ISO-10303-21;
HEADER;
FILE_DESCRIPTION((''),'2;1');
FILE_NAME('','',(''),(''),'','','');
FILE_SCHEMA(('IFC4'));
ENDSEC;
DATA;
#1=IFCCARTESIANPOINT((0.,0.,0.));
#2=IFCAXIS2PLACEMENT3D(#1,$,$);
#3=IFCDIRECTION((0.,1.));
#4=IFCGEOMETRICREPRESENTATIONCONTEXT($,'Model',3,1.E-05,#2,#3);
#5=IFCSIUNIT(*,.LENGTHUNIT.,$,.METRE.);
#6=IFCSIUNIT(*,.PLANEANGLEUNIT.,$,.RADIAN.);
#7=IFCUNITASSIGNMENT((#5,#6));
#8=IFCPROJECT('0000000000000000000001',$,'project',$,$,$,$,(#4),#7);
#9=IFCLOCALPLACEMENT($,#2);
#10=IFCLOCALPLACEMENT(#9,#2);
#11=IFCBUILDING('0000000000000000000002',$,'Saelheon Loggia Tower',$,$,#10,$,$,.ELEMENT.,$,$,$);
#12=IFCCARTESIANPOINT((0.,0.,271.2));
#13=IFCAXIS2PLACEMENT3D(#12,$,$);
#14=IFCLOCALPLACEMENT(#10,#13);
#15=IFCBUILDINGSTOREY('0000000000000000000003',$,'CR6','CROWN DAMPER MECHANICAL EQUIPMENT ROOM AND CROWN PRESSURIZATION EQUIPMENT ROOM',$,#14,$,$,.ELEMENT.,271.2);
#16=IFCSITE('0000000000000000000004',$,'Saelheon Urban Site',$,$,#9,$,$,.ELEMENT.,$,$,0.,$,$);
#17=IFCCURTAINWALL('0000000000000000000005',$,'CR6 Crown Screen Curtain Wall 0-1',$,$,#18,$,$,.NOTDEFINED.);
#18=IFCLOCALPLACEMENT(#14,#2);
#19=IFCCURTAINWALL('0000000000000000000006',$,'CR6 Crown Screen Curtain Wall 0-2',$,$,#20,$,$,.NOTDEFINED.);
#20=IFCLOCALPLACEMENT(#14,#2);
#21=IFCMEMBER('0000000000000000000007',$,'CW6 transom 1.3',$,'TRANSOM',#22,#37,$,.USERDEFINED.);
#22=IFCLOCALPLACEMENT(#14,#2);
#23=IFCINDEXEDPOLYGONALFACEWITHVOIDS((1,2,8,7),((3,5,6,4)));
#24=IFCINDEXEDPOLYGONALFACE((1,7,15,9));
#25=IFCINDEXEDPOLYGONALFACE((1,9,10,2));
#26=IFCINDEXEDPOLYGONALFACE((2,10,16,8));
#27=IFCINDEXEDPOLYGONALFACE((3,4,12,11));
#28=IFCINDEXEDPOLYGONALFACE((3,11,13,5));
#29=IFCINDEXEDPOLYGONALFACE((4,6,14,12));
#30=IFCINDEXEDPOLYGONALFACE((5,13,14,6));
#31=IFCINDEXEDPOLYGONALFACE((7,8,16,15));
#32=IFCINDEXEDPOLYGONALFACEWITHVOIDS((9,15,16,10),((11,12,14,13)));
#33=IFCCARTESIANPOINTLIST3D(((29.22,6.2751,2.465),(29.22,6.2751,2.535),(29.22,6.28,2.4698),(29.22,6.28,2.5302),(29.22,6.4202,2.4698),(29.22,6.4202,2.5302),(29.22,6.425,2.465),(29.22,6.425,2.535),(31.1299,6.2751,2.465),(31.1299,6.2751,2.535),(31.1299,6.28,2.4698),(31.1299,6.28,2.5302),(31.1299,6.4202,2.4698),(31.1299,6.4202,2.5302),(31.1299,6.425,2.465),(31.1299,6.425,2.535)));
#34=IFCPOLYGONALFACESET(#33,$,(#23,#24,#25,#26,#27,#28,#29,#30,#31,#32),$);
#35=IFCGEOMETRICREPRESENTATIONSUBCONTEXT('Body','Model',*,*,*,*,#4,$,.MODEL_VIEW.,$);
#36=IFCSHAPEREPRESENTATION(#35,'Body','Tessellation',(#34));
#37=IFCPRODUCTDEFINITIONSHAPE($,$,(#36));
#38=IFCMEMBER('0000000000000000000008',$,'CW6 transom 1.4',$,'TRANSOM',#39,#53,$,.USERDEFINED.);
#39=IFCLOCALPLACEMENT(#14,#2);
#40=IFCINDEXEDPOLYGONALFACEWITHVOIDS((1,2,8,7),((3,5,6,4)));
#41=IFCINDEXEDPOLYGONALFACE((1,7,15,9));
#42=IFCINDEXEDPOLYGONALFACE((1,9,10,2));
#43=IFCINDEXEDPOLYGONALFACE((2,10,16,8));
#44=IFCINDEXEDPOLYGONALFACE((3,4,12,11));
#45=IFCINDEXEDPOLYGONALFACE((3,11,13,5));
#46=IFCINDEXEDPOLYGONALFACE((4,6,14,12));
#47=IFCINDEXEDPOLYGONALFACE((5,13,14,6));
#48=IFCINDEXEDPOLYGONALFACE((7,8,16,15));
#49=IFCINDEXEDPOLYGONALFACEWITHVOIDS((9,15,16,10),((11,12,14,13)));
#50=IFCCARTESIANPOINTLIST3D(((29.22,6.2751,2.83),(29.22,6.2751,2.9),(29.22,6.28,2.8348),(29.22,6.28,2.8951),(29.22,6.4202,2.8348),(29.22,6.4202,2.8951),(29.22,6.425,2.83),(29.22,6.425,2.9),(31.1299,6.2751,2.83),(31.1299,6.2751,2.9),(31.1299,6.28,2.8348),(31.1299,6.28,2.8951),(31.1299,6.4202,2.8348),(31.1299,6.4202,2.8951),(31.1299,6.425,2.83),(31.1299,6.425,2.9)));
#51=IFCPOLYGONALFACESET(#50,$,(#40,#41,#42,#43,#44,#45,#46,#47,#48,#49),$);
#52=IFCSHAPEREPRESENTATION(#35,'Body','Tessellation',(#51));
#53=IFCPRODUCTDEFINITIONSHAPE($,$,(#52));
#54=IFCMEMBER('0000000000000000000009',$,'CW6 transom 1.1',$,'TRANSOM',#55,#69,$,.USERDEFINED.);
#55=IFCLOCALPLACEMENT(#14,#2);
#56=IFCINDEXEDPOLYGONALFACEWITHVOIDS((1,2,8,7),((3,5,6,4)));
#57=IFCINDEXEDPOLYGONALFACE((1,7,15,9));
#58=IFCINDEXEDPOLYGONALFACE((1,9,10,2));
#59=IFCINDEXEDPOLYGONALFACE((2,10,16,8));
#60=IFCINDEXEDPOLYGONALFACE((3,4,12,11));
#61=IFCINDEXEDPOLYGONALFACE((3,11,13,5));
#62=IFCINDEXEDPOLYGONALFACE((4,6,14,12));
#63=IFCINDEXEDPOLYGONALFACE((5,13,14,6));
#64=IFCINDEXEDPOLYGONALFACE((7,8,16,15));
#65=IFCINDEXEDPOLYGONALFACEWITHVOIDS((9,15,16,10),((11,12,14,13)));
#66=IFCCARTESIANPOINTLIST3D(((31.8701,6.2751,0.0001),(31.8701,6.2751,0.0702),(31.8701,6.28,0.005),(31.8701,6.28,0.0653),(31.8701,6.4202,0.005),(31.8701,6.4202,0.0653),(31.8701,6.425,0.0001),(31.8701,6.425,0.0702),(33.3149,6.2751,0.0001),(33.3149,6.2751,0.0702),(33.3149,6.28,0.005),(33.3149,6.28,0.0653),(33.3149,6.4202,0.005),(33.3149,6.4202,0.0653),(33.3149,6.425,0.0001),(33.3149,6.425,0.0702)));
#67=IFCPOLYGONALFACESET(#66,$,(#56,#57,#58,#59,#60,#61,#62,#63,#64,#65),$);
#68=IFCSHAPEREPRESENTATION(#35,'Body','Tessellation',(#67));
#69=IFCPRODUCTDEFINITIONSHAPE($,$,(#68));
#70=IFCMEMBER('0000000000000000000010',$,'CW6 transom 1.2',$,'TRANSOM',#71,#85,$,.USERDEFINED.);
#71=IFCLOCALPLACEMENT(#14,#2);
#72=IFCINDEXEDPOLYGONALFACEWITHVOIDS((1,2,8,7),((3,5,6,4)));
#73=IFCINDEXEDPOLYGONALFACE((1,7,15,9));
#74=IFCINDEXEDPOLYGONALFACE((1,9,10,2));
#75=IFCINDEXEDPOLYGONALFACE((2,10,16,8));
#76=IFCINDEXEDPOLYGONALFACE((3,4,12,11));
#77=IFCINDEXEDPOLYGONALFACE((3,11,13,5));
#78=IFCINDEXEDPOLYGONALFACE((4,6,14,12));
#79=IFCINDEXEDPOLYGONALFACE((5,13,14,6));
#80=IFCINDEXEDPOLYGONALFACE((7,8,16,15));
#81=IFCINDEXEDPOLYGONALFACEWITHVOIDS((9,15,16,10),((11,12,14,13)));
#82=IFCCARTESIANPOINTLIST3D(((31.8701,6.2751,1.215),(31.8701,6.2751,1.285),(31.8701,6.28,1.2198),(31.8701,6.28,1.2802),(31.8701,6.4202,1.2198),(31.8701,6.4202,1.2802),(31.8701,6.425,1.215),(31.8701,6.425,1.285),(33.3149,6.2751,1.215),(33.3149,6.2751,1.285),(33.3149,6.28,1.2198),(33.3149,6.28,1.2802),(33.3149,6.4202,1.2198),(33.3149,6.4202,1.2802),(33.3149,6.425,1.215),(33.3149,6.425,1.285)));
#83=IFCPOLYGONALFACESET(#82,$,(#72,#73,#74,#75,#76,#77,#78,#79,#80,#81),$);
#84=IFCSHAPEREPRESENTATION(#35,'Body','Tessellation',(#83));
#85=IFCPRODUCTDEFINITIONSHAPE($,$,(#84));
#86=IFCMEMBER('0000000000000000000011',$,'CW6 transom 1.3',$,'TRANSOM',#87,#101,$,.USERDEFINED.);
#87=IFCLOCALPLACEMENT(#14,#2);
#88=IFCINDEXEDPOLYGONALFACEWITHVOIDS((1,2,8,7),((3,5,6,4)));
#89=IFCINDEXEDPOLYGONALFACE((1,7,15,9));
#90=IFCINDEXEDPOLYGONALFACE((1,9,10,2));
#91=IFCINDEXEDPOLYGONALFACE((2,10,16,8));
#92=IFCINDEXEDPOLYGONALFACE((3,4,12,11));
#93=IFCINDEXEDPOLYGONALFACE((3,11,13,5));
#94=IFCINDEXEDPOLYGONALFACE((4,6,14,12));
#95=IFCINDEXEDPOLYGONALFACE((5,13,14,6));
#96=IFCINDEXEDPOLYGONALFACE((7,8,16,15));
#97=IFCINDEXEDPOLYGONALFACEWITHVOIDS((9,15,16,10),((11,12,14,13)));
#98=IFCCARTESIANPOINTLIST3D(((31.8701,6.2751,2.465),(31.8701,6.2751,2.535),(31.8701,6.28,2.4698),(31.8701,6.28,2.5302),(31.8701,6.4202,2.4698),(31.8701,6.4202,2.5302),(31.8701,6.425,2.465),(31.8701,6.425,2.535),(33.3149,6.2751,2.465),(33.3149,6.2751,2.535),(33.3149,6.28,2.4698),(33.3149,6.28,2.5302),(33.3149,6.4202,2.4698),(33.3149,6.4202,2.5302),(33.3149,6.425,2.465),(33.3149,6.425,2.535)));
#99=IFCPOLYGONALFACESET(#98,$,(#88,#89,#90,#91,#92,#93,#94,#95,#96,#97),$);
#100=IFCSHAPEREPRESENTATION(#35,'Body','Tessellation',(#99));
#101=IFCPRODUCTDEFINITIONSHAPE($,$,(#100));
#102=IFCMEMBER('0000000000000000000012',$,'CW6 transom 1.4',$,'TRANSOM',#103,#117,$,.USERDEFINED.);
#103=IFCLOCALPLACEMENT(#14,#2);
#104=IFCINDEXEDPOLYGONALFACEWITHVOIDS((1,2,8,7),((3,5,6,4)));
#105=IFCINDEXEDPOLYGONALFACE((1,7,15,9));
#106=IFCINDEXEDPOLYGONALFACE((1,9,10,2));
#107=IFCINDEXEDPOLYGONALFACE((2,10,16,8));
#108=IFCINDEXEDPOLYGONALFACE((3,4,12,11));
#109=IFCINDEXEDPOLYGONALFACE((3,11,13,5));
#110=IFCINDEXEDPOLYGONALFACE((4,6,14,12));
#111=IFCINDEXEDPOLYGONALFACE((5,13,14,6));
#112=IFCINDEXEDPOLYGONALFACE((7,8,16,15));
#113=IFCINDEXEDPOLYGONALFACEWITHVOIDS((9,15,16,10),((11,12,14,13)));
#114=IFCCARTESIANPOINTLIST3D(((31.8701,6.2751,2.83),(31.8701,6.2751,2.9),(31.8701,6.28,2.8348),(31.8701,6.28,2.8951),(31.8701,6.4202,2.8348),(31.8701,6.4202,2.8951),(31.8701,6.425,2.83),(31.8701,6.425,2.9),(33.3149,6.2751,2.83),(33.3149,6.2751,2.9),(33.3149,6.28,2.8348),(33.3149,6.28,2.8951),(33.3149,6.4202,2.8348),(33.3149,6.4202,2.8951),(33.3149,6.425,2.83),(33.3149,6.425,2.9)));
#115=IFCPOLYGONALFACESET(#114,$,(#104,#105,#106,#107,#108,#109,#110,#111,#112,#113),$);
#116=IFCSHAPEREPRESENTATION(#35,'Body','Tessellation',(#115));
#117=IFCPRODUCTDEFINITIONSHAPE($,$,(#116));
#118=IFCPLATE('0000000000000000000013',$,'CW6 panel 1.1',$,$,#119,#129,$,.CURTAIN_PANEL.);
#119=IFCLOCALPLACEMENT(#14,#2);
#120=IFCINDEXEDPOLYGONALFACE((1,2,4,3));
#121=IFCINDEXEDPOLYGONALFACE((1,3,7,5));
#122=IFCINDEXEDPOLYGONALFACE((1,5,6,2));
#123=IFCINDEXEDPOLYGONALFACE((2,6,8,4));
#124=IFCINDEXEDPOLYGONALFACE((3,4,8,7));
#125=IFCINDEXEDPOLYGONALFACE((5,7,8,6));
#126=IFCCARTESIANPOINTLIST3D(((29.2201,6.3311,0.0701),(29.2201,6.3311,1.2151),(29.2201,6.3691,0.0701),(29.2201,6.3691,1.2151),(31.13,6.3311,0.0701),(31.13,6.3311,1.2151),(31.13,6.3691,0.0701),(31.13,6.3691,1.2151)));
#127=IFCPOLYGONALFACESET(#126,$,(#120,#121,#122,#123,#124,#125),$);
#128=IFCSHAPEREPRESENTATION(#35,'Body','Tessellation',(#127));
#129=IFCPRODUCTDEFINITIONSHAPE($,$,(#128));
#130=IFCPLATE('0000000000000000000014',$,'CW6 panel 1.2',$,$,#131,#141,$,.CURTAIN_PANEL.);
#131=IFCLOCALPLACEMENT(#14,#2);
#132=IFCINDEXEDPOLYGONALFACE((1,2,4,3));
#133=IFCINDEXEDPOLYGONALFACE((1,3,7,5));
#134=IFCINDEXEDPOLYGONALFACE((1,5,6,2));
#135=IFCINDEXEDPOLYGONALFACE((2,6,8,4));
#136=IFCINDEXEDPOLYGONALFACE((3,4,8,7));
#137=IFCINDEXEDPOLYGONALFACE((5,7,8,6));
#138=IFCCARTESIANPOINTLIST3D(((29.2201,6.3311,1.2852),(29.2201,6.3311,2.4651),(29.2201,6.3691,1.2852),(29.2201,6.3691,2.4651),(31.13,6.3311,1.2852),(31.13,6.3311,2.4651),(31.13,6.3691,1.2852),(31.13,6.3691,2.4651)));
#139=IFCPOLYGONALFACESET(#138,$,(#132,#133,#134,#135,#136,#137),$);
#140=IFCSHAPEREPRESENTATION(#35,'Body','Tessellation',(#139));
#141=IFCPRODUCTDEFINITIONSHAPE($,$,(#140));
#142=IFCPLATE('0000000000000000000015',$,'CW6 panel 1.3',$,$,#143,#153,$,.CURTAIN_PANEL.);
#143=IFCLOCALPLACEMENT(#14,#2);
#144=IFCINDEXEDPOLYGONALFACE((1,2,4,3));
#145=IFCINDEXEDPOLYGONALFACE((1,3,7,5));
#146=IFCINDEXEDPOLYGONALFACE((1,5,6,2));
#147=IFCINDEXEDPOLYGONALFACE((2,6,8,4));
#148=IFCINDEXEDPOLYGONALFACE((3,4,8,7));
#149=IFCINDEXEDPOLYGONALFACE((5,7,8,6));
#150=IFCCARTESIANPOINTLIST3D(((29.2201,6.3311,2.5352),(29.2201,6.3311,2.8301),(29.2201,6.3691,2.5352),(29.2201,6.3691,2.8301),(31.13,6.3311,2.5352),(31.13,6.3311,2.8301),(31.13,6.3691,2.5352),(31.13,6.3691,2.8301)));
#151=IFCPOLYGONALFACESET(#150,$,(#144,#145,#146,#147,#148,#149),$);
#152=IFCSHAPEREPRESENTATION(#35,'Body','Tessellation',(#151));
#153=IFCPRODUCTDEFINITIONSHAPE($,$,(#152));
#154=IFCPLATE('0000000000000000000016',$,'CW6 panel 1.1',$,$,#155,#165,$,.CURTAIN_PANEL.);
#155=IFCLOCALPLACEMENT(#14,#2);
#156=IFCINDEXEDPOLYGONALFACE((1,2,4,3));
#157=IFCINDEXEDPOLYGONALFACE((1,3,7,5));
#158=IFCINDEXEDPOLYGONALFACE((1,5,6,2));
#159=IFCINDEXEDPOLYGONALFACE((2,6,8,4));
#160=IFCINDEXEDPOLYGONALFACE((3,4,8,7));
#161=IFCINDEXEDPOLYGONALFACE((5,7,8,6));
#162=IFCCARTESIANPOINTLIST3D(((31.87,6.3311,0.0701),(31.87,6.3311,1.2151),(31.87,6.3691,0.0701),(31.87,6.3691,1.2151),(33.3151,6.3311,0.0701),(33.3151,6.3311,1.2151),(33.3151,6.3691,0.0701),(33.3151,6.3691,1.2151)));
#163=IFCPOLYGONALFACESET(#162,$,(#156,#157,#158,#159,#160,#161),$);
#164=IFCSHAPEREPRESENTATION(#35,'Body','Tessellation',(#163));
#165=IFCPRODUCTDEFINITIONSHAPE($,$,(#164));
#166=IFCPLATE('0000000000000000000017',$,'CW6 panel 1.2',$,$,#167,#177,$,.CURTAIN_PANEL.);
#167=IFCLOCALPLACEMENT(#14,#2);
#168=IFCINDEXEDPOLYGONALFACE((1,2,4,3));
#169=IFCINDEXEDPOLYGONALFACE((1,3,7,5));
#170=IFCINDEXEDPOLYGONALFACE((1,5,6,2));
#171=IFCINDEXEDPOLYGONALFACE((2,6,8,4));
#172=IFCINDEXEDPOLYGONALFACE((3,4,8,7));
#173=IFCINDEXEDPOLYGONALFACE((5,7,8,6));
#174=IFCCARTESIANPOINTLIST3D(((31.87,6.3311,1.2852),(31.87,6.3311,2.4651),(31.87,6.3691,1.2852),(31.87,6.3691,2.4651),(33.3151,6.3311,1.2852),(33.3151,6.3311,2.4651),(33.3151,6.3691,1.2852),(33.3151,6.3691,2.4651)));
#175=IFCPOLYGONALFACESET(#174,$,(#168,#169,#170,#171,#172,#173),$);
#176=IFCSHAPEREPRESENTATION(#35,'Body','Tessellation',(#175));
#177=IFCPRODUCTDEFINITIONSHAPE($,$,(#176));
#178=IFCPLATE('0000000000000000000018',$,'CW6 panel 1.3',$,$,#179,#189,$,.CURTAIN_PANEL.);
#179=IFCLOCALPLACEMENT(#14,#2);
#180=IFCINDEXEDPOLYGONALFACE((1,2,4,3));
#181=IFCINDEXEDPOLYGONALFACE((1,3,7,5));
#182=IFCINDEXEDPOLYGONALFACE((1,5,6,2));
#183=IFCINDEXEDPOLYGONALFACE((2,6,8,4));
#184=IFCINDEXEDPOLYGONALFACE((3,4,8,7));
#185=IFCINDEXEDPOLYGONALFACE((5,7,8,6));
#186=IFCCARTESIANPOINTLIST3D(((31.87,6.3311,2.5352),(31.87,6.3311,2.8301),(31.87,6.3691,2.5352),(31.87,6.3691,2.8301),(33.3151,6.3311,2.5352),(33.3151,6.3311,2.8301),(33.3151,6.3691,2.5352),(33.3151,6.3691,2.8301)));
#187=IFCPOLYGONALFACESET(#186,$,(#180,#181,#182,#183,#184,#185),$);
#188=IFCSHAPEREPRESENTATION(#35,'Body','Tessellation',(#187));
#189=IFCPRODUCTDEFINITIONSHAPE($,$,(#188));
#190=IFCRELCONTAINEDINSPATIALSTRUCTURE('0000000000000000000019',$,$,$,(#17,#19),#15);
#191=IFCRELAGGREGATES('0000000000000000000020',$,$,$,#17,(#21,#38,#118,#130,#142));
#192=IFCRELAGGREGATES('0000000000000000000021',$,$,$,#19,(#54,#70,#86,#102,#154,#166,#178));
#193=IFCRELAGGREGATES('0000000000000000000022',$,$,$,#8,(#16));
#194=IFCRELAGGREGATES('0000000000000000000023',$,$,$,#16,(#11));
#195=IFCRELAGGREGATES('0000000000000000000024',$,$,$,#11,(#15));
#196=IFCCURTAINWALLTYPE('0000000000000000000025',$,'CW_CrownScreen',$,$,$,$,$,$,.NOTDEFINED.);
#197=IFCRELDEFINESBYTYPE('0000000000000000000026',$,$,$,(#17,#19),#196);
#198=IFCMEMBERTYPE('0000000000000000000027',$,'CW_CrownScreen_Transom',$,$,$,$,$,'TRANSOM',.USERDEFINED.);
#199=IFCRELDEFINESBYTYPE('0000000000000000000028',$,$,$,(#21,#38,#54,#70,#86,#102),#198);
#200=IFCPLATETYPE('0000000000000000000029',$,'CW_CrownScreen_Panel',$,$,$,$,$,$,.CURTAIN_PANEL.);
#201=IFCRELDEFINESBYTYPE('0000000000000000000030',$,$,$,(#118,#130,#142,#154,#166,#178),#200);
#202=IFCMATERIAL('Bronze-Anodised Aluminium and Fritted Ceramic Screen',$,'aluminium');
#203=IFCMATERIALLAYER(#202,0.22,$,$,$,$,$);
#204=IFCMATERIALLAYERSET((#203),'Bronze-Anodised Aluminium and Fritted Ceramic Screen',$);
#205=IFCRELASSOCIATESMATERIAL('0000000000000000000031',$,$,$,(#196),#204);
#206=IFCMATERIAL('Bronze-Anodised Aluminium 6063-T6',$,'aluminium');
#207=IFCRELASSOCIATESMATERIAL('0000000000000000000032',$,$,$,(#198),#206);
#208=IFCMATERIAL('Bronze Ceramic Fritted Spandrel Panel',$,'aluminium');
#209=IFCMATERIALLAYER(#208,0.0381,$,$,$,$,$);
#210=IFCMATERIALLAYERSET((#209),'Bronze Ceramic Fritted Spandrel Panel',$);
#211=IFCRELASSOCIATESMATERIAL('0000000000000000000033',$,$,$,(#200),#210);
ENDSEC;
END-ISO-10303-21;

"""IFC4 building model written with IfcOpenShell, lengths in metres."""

from ifc_helpers import new_model, si_unit, direction, frame, origin, origin_2d, place, context, subcontext, project, spatial, rectangle, hollow_rectangle, extrude, source, transform, mapped, material, layer, layer_set, material_profile, profile_set, type_object, element, aggregate, save


model = new_model("IFC4")

# Units and contexts
model_context = context("Model", 3, precision=1e-05, world=origin(), true_north=direction((0.0, 1.0)))
body_context = subcontext(model_context, "Body", "Model", "MODEL_VIEW")
ifc_project = project(units=[si_unit("LENGTHUNIT", "METRE"), si_unit("PLANEANGLEUNIT", "RADIAN")], contexts=[model_context])

# Site, building, storey
site_placement = place(None, origin())
site = spatial("IfcSite", under=ifc_project, at=site_placement, Name="Saelheon Urban Site", CompositionType="ELEMENT", RefElevation=0.0)
building_placement = place(site_placement, origin())
building = spatial("IfcBuilding", under=site, at=building_placement, Name="Saelheon Loggia Tower", CompositionType="ELEMENT")
storey_placement = place(building_placement, frame((0.0, 0.0, 271.2)))
storey = spatial("IfcBuildingStorey", under=building, at=storey_placement, Name="CR6", Description="CROWN DAMPER MECHANICAL EQUIPMENT ROOM AND CROWN PRESSURIZATION EQUIPMENT ROOM", CompositionType="ELEMENT", Elevation=271.2)

# Curtain wall
ifc_material_1 = material(Name="Bronze-Anodised Aluminium and Fritted Ceramic Screen", Category="aluminium")
ifc_layer_1 = layer(ifc_material_1, 0.22)
ifc_layer_set_1 = layer_set([ifc_layer_1], Name="Bronze-Anodised Aluminium and Fritted Ceramic Screen")
curtain_wall_type = type_object("IfcCurtainWallType", Name="CW_CrownScreen", PredefinedType="NOTDEFINED", material=ifc_layer_set_1)
curtain_wall_1_placement = place(storey_placement, origin())
curtain_wall_1 = element("IfcCurtainWall", 1, at=curtain_wall_1_placement, inside=storey, type_object=curtain_wall_type, Name="CR6 Crown Screen Curtain Wall 0-1", PredefinedType="NOTDEFINED")
ifc_material_2 = material(Name="Bronze-Anodised Aluminium 6063-T6", Category="aluminium")

# Curtain wall
curtain_wall_2_placement = place(storey_placement, origin())
curtain_wall_2 = element("IfcCurtainWall", 2, at=curtain_wall_2_placement, inside=storey, type_object=curtain_wall_type, Name="CR6 Crown Screen Curtain Wall 0-2", PredefinedType="NOTDEFINED")

# Members
ifc_material_profile_1 = material_profile(ifc_material_2, hollow_rectangle(XDim=0.0701, YDim=0.1499, WallThickness=0.0049, at=origin_2d()), Name="RHS-150x70x5")
ifc_profile_set_1 = profile_set([ifc_material_profile_1], Name="Bronze-Anodised Aluminium 6063-T6")
member_type_1 = type_object("IfcMemberType", Name="CW_CrownScreen_Transom", ElementType="TRANSOM", PredefinedType="USERDEFINED", material=ifc_profile_set_1)
shared_shape_1 = source(origin(), body_context, "Body", "SweptSolid", [
    extrude(hollow_rectangle(XDim=0.0701, YDim=0.1499, WallThickness=0.0049, at=origin_2d()), origin(), (0.0, 0.0, 1.0), 1.9099),
])
member_1_placement = place(storey_placement, frame((29.22, 6.3501, 2.5), z_axis=(1.0, 0.0, 0.0), x_axis=(0.0, 0.0, 1.0)))
member_1 = element("IfcMember", 3, at=member_1_placement, type_object=member_type_1, Name="CW6 transom 1.3", ObjectType="TRANSOM", PredefinedType="USERDEFINED", context=body_context, shape_type="MappedRepresentation", body=[
    mapped(shared_shape_1, transform((0.0, 0.0, 0.0), scale=1.0)),
])
member_2_placement = place(storey_placement, frame((29.22, 6.3501, 2.865), z_axis=(1.0, 0.0, 0.0), x_axis=(0.0, 0.0, 1.0)))
member_2 = element("IfcMember", 4, at=member_2_placement, type_object=member_type_1, Name="CW6 transom 1.4", ObjectType="TRANSOM", PredefinedType="USERDEFINED", context=body_context, shape_type="MappedRepresentation", body=[
    mapped(shared_shape_1, transform((0.0, 0.0, 0.0), scale=1.0)),
])
shared_shape_2 = source(origin(), body_context, "Body", "SweptSolid", [
    extrude(hollow_rectangle(XDim=0.0701, YDim=0.1499, WallThickness=0.0049, at=origin_2d()), origin(), (0.0, 0.0, 1.0), 1.4448),
])
member_3_placement = place(storey_placement, frame((31.8701, 6.3501, 0.0352), z_axis=(1.0, 0.0, 0.0), x_axis=(0.0, 0.0, 1.0)))
member_3 = element("IfcMember", 5, at=member_3_placement, type_object=member_type_1, Name="CW6 transom 1.1", ObjectType="TRANSOM", PredefinedType="USERDEFINED", context=body_context, shape_type="MappedRepresentation", body=[
    mapped(shared_shape_2, transform((0.0, 0.0, 0.0), scale=1.0)),
])
member_4_placement = place(storey_placement, frame((31.8701, 6.3501, 1.25), z_axis=(1.0, 0.0, 0.0), x_axis=(0.0, 0.0, 1.0)))
member_4 = element("IfcMember", 6, at=member_4_placement, type_object=member_type_1, Name="CW6 transom 1.2", ObjectType="TRANSOM", PredefinedType="USERDEFINED", context=body_context, shape_type="MappedRepresentation", body=[
    mapped(shared_shape_2, transform((0.0, 0.0, 0.0), scale=1.0)),
])
member_5_placement = place(storey_placement, frame((31.8701, 6.3501, 2.5), z_axis=(1.0, 0.0, 0.0), x_axis=(0.0, 0.0, 1.0)))
member_5 = element("IfcMember", 7, at=member_5_placement, type_object=member_type_1, Name="CW6 transom 1.3", ObjectType="TRANSOM", PredefinedType="USERDEFINED", context=body_context, shape_type="MappedRepresentation", body=[
    mapped(shared_shape_2, transform((0.0, 0.0, 0.0), scale=1.0)),
])
member_6_placement = place(storey_placement, frame((31.8701, 6.3501, 2.865), z_axis=(1.0, 0.0, 0.0), x_axis=(0.0, 0.0, 1.0)))
member_6 = element("IfcMember", 8, at=member_6_placement, type_object=member_type_1, Name="CW6 transom 1.4", ObjectType="TRANSOM", PredefinedType="USERDEFINED", context=body_context, shape_type="MappedRepresentation", body=[
    mapped(shared_shape_2, transform((0.0, 0.0, 0.0), scale=1.0)),
])

# Plates
ifc_material_3 = material(Name="Bronze Ceramic Fritted Spandrel Panel", Category="aluminium")
ifc_layer_2 = layer(ifc_material_3, 0.0381)
ifc_layer_set_2 = layer_set([ifc_layer_2], Name="Bronze Ceramic Fritted Spandrel Panel")
plate_type = type_object("IfcPlateType", Name="CW_CrownScreen_Panel", PredefinedType="CURTAIN_PANEL", material=ifc_layer_set_2)
shared_shape_3 = source(origin(), body_context, "Body", "SweptSolid", [
    extrude(rectangle(XDim=1.9099, YDim=0.0381, at=origin_2d()), origin(), (0.0, 0.0, 1.0), 1.145),
])
plate_1_placement = place(storey_placement, frame((30.175, 6.3501, 0.0701), z_axis=(0.0, 0.0, 1.0), x_axis=(1.0, 0.0, 0.0)))
plate_1 = element("IfcPlate", 9, at=plate_1_placement, type_object=plate_type, Name="CW6 panel 1.1", PredefinedType="CURTAIN_PANEL", context=body_context, shape_type="MappedRepresentation", body=[
    mapped(shared_shape_3, transform((0.0, 0.0, 0.0), scale=1.0)),
])
shared_shape_4 = source(origin(), body_context, "Body", "SweptSolid", [
    extrude(rectangle(XDim=1.9099, YDim=0.0381, at=origin_2d()), origin(), (0.0, 0.0, 1.0), 1.1799),
])
plate_2_placement = place(storey_placement, frame((30.175, 6.3501, 1.2852), z_axis=(0.0, 0.0, 1.0), x_axis=(1.0, 0.0, 0.0)))
plate_2 = element("IfcPlate", 10, at=plate_2_placement, type_object=plate_type, Name="CW6 panel 1.2", PredefinedType="CURTAIN_PANEL", context=body_context, shape_type="MappedRepresentation", body=[
    mapped(shared_shape_4, transform((0.0, 0.0, 0.0), scale=1.0)),
])
shared_shape_5 = source(origin(), body_context, "Body", "SweptSolid", [
    extrude(rectangle(XDim=1.9099, YDim=0.0381, at=origin_2d()), origin(), (0.0, 0.0, 1.0), 0.2949),
])
plate_3_placement = place(storey_placement, frame((30.175, 6.3501, 2.5352), z_axis=(0.0, 0.0, 1.0), x_axis=(1.0, 0.0, 0.0)))
plate_3 = element("IfcPlate", 11, at=plate_3_placement, type_object=plate_type, Name="CW6 panel 1.3", PredefinedType="CURTAIN_PANEL", context=body_context, shape_type="MappedRepresentation", body=[
    mapped(shared_shape_5, transform((0.0, 0.0, 0.0), scale=1.0)),
])
aggregate(curtain_wall_1, [member_1, member_2, plate_1, plate_2, plate_3])
shared_shape_6 = source(origin(), body_context, "Body", "SweptSolid", [
    extrude(rectangle(XDim=1.4451, YDim=0.0381, at=origin_2d()), origin(), (0.0, 0.0, 1.0), 1.145),
])
plate_4_placement = place(storey_placement, frame((32.5925, 6.3501, 0.0701), z_axis=(0.0, 0.0, 1.0), x_axis=(1.0, 0.0, 0.0)))
plate_4 = element("IfcPlate", 12, at=plate_4_placement, type_object=plate_type, Name="CW6 panel 1.1", PredefinedType="CURTAIN_PANEL", context=body_context, shape_type="MappedRepresentation", body=[
    mapped(shared_shape_6, transform((0.0, 0.0, 0.0), scale=1.0)),
])
shared_shape_7 = source(origin(), body_context, "Body", "SweptSolid", [
    extrude(rectangle(XDim=1.4451, YDim=0.0381, at=origin_2d()), origin(), (0.0, 0.0, 1.0), 1.1799),
])
plate_5_placement = place(storey_placement, frame((32.5925, 6.3501, 1.2852), z_axis=(0.0, 0.0, 1.0), x_axis=(1.0, 0.0, 0.0)))
plate_5 = element("IfcPlate", 13, at=plate_5_placement, type_object=plate_type, Name="CW6 panel 1.2", PredefinedType="CURTAIN_PANEL", context=body_context, shape_type="MappedRepresentation", body=[
    mapped(shared_shape_7, transform((0.0, 0.0, 0.0), scale=1.0)),
])
shared_shape_8 = source(origin(), body_context, "Body", "SweptSolid", [
    extrude(rectangle(XDim=1.4451, YDim=0.0381, at=origin_2d()), origin(), (0.0, 0.0, 1.0), 0.2949),
])
plate_6_placement = place(storey_placement, frame((32.5925, 6.3501, 2.5352), z_axis=(0.0, 0.0, 1.0), x_axis=(1.0, 0.0, 0.0)))
plate_6 = element("IfcPlate", 14, at=plate_6_placement, type_object=plate_type, Name="CW6 panel 1.3", PredefinedType="CURTAIN_PANEL", context=body_context, shape_type="MappedRepresentation", body=[
    mapped(shared_shape_8, transform((0.0, 0.0, 0.0), scale=1.0)),
])
aggregate(curtain_wall_2, [member_3, member_4, member_5, member_6, plate_4, plate_5, plate_6])

save(model, "model.ifc")
